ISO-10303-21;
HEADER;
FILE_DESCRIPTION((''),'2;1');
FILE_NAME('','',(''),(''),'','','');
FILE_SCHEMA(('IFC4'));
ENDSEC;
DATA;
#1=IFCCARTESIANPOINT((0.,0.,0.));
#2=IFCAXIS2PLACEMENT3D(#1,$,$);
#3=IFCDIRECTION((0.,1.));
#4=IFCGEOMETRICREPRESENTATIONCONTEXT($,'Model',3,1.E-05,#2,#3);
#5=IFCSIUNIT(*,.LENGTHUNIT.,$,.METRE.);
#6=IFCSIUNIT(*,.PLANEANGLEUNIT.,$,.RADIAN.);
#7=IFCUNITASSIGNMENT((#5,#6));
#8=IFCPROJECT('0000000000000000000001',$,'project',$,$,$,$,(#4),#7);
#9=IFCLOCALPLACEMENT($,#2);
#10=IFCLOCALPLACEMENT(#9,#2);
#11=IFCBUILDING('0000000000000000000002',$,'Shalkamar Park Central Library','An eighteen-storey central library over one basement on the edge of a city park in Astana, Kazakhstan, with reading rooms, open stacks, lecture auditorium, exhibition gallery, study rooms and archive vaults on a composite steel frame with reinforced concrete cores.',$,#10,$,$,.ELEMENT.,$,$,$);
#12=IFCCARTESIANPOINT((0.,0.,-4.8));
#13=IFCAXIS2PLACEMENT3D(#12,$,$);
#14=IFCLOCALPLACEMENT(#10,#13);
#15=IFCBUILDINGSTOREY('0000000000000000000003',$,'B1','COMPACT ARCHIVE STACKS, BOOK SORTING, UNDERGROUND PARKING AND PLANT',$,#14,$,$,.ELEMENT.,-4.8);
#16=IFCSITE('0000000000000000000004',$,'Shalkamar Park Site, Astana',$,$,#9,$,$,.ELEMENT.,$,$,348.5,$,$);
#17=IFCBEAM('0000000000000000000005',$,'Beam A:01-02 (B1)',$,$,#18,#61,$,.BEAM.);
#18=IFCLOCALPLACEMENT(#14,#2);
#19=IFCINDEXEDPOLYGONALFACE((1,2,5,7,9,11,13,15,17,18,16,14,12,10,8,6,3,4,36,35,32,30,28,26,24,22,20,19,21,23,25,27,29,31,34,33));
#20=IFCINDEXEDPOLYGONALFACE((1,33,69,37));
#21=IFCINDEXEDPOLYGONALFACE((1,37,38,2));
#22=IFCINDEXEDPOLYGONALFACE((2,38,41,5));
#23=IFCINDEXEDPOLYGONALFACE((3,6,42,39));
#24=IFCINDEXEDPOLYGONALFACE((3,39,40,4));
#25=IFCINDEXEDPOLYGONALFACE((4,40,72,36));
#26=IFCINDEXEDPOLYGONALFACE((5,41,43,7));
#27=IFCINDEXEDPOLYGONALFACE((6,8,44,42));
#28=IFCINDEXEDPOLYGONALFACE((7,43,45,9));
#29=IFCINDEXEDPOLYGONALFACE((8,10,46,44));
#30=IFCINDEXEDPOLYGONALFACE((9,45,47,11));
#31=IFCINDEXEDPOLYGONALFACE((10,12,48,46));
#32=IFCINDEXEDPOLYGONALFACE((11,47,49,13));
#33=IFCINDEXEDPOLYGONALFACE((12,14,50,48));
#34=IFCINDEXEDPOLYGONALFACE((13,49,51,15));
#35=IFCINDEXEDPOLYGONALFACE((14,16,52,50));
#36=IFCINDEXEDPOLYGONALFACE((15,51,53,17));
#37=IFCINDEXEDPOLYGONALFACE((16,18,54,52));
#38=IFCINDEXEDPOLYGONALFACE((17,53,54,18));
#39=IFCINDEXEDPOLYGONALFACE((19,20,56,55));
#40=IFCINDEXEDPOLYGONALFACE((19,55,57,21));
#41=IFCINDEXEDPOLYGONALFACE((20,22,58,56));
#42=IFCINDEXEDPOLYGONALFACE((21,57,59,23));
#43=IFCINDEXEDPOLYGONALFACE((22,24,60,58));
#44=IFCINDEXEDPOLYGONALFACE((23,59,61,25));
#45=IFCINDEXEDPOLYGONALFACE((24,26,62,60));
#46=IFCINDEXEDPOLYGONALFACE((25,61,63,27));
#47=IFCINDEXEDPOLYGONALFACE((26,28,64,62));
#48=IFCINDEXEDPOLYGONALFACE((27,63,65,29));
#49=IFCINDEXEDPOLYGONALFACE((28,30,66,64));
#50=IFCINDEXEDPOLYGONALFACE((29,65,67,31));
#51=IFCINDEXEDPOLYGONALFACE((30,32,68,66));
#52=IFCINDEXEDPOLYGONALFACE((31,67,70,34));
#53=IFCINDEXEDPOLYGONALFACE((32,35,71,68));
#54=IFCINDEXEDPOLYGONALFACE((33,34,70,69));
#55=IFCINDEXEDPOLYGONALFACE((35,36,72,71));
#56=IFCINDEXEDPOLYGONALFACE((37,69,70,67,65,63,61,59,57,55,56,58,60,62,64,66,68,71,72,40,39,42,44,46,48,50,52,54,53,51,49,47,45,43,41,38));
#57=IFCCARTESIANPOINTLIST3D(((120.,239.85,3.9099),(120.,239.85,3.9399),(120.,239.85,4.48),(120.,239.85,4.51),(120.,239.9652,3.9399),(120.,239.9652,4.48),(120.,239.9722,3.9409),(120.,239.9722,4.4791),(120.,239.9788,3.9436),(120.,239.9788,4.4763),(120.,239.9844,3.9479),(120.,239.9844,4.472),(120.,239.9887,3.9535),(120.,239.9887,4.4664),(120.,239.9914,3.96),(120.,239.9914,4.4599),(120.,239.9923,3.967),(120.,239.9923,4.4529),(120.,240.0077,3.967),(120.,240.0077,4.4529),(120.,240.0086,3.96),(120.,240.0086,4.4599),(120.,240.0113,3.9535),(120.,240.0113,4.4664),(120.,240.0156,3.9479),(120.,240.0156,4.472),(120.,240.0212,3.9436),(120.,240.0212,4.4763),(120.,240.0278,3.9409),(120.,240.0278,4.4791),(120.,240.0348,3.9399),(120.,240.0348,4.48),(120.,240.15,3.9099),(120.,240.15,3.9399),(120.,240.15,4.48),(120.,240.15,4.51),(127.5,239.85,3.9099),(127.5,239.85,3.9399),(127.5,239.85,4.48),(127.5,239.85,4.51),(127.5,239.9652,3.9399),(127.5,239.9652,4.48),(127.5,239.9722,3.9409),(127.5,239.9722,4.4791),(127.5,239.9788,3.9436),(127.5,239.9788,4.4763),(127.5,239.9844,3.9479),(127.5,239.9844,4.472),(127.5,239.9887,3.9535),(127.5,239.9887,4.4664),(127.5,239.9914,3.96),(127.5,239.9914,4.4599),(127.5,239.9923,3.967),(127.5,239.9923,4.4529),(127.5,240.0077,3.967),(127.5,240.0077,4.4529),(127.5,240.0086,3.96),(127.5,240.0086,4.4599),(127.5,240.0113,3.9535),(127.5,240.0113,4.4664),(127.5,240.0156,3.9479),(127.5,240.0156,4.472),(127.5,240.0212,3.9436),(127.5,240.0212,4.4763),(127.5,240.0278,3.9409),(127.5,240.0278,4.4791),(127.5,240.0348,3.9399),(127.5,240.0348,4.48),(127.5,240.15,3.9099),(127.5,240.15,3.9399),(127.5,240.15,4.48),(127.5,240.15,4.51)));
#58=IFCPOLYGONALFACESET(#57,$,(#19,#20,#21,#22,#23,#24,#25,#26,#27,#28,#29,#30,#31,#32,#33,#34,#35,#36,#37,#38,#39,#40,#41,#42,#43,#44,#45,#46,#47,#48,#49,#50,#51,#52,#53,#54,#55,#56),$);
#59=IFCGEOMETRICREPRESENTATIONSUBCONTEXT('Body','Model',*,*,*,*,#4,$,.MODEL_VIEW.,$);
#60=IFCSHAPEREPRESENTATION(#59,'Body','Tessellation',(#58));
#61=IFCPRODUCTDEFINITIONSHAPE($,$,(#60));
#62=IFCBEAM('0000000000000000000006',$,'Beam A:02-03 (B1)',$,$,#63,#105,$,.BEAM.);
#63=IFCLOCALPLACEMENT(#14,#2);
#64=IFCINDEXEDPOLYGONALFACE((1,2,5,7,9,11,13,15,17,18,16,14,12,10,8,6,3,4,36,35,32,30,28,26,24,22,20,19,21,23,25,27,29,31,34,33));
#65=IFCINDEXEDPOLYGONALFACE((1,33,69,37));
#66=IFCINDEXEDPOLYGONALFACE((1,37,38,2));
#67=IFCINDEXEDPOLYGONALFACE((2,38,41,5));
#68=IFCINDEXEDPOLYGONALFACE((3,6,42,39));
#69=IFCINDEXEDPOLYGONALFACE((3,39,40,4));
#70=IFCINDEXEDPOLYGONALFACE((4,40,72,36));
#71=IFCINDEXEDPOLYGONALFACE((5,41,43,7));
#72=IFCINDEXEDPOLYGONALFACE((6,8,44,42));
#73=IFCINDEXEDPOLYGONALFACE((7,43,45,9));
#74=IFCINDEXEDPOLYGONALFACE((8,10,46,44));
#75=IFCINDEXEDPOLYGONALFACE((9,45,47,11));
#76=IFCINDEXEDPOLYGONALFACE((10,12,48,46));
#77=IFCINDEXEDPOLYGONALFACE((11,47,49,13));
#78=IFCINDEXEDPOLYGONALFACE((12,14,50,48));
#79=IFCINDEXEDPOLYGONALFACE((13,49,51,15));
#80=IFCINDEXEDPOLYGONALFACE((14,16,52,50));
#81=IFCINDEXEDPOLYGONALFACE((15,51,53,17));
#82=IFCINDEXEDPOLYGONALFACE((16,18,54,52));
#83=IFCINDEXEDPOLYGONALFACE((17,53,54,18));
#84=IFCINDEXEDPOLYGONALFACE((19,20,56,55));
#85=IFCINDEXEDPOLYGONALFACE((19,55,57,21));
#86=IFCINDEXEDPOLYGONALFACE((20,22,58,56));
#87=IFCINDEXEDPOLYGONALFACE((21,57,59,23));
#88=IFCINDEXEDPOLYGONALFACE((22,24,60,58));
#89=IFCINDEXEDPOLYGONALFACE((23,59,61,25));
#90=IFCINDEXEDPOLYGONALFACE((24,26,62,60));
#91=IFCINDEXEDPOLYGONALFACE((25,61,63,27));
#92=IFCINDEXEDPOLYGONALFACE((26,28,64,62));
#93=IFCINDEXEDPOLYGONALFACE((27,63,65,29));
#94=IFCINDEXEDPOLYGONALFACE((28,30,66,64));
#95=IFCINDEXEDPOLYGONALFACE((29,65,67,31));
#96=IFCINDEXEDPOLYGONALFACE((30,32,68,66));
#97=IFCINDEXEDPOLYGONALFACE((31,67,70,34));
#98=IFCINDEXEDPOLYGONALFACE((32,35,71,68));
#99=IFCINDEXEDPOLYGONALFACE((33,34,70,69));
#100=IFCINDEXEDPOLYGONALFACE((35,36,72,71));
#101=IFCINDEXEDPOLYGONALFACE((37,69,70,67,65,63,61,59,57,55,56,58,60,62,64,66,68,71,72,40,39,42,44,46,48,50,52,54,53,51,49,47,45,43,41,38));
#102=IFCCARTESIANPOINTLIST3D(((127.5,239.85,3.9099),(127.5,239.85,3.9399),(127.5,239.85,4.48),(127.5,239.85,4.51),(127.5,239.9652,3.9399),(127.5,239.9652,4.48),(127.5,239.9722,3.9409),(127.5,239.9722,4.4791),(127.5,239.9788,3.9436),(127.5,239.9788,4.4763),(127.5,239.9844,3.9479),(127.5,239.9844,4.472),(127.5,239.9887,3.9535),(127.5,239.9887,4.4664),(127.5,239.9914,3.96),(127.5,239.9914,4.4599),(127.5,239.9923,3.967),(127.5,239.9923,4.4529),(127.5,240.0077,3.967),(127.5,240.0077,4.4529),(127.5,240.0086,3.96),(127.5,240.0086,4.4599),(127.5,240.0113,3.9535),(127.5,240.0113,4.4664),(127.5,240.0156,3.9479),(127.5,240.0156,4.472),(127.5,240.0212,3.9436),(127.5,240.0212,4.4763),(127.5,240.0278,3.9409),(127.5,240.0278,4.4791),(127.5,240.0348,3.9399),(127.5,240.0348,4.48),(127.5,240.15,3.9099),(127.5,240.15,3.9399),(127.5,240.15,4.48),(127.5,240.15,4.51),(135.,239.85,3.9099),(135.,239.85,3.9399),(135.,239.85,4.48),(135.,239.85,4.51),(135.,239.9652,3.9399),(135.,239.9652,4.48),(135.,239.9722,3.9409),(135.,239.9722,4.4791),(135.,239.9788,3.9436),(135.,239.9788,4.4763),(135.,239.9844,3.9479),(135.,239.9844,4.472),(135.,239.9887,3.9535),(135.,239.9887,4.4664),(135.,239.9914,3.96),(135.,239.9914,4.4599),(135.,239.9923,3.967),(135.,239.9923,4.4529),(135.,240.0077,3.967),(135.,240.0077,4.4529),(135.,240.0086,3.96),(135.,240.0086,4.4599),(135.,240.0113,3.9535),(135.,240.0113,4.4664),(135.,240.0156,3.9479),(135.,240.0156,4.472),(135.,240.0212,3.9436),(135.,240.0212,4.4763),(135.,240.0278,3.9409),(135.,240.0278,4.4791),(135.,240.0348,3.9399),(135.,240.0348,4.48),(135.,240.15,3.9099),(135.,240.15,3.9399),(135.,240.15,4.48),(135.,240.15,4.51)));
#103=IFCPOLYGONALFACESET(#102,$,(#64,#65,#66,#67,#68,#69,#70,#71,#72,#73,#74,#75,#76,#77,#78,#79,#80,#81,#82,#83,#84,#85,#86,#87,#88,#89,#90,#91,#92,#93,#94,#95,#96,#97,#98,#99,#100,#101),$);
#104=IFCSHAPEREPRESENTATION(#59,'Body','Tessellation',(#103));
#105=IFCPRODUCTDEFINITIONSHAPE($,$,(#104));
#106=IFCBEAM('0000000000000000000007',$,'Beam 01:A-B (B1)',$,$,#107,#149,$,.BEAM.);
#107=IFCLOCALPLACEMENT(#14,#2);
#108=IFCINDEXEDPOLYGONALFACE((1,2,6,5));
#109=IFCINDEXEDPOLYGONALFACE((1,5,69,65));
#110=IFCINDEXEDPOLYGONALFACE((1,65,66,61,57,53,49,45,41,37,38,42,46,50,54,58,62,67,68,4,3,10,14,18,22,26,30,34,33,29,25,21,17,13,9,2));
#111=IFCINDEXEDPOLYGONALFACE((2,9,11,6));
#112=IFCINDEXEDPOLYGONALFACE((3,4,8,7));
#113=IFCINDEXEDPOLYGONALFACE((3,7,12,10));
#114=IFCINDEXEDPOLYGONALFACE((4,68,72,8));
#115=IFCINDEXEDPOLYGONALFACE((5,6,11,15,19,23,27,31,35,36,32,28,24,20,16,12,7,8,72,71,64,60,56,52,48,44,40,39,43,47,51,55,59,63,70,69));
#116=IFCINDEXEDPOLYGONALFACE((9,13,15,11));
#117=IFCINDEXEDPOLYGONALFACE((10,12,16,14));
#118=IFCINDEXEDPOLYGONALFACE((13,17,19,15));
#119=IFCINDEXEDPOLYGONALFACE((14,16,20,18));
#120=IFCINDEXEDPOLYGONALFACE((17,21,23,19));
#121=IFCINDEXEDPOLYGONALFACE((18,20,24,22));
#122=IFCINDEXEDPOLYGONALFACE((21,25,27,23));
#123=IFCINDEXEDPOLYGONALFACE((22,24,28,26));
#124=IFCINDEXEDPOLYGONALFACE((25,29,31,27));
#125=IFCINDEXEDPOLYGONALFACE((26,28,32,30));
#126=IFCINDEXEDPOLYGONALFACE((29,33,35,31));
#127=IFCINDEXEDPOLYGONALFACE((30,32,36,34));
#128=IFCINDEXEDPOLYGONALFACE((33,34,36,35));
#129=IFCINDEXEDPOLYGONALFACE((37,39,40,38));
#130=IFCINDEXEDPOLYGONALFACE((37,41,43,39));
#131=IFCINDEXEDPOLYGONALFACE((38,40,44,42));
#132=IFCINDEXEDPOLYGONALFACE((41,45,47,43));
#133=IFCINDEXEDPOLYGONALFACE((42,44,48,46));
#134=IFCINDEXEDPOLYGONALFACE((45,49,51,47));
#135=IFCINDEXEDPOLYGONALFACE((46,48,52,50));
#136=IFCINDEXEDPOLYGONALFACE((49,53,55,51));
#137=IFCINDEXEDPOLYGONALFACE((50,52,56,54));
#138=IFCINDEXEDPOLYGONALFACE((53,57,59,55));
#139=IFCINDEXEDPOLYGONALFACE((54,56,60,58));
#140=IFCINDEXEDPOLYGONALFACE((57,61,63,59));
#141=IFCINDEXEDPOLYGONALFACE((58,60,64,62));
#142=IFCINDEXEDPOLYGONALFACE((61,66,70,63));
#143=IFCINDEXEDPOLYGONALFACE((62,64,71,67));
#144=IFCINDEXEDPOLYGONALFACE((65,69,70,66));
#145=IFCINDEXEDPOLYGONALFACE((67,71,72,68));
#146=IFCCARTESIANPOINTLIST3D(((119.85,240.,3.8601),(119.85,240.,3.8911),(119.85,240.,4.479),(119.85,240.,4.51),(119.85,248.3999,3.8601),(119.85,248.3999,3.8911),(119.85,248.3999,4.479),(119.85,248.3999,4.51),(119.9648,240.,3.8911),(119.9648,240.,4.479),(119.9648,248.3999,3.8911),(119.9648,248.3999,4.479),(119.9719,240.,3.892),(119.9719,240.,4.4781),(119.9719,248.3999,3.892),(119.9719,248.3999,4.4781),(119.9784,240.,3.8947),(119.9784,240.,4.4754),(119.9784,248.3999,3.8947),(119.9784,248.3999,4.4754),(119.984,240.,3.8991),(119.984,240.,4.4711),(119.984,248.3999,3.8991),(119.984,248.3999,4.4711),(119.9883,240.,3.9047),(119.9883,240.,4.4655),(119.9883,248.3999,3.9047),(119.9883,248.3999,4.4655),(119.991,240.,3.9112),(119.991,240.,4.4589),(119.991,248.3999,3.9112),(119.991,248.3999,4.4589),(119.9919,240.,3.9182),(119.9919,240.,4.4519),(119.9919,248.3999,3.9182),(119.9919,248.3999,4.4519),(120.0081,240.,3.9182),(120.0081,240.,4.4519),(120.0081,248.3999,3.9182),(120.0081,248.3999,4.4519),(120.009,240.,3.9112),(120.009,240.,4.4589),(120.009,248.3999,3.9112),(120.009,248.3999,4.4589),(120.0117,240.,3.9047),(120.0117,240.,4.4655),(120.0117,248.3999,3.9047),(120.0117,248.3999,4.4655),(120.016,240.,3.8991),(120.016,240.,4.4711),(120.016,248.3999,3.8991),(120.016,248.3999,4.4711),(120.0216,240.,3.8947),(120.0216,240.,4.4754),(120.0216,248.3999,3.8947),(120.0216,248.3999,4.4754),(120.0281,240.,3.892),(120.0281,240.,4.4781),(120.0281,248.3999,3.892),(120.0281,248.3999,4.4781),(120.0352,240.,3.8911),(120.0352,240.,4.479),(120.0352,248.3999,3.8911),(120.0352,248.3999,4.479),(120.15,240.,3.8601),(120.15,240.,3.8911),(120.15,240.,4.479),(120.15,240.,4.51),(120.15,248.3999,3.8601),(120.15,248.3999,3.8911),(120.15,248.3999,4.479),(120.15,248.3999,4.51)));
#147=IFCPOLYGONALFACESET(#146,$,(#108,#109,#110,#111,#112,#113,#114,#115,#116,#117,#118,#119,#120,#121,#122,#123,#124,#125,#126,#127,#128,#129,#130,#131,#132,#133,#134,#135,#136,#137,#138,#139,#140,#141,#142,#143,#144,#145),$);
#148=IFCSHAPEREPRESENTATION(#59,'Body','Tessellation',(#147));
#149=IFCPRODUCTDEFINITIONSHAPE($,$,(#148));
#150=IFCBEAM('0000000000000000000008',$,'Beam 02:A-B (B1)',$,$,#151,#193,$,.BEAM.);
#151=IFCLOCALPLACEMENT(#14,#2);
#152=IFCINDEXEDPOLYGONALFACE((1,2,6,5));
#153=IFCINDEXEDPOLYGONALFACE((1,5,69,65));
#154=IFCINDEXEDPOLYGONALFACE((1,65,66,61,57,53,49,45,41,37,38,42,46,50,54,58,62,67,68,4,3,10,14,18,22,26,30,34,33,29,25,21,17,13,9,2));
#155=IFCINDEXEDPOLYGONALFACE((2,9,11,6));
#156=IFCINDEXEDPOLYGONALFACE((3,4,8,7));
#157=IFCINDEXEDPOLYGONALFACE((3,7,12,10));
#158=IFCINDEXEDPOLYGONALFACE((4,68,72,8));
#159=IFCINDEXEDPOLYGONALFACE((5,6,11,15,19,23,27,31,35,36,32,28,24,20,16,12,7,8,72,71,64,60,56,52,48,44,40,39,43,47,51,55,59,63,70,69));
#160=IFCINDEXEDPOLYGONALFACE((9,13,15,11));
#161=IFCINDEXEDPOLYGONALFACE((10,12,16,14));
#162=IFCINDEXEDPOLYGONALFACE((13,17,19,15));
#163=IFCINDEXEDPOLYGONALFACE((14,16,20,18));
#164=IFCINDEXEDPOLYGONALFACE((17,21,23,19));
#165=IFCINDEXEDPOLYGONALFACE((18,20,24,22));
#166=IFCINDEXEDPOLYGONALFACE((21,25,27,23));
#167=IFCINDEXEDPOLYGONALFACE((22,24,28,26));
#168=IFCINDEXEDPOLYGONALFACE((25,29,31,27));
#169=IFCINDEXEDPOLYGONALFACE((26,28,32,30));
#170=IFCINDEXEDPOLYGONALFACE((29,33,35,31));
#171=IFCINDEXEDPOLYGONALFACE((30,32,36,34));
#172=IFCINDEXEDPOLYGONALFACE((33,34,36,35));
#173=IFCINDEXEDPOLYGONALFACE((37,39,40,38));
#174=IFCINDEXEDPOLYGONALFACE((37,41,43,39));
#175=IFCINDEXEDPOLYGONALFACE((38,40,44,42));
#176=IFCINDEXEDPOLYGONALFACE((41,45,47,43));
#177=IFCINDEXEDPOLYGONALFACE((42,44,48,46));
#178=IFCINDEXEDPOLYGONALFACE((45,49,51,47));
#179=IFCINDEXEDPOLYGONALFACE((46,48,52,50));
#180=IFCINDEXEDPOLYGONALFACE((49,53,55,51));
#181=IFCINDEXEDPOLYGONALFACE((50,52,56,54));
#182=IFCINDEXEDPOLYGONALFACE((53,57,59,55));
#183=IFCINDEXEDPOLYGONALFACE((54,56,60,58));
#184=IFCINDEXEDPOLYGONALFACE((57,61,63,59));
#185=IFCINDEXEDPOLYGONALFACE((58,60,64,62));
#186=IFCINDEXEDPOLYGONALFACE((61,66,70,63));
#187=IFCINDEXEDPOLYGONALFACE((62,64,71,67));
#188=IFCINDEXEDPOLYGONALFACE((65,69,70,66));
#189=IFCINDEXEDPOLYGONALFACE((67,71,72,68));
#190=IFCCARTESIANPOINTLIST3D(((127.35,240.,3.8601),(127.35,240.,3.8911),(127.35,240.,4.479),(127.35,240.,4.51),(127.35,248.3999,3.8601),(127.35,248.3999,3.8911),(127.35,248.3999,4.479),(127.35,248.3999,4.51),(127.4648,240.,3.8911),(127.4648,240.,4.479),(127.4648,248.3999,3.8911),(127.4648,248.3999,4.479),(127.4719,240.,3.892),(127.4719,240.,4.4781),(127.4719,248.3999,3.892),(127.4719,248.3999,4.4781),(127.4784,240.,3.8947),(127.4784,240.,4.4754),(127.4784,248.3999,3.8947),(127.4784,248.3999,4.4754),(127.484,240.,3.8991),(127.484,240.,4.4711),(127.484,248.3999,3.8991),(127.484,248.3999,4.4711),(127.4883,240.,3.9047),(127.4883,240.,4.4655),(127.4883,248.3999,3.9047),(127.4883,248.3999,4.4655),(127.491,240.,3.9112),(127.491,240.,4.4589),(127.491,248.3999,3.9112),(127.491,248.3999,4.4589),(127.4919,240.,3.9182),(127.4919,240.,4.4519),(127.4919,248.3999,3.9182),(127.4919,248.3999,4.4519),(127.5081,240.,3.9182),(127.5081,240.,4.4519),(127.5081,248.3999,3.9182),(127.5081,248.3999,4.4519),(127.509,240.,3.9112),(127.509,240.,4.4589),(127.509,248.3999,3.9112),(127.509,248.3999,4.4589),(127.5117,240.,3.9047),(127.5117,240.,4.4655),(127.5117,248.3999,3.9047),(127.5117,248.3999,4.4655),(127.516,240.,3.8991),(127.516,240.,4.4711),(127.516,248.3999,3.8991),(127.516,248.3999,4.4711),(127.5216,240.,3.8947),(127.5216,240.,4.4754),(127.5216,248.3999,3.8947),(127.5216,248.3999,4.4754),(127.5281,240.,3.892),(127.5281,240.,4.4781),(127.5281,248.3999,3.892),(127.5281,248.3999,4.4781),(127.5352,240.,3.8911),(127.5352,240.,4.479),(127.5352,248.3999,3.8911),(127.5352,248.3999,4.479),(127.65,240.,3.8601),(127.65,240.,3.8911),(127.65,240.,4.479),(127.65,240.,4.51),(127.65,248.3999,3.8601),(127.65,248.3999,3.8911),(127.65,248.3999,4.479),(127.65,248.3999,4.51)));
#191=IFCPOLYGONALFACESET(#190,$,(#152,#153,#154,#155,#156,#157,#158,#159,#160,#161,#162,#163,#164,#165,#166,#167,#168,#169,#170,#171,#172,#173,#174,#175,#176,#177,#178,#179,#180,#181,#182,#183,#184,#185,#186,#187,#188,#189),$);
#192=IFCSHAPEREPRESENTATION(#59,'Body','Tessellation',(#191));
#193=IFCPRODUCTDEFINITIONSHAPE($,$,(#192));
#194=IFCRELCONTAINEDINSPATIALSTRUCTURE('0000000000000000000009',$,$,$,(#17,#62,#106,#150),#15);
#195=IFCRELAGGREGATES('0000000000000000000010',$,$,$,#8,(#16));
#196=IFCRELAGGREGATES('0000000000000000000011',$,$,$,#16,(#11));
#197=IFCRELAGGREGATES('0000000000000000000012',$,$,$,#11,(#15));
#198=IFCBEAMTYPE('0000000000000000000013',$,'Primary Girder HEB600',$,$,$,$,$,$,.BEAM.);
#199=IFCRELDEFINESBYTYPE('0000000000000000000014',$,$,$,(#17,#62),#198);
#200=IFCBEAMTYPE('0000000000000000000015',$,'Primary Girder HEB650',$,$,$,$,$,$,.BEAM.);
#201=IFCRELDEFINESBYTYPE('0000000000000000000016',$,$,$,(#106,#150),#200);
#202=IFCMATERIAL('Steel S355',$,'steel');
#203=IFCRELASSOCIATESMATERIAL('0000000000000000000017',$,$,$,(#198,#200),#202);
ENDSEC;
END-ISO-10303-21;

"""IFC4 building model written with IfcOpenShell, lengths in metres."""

from ifc_helpers import new_model, si_unit, direction, frame, origin, origin_2d, place, context, subcontext, project, spatial, i_section, extrude, material, material_profile, profile_set, type_object, element, save


model = new_model("IFC4")

# Units and contexts
model_context = context("Model", 3, precision=1e-05, world=origin(), true_north=direction((0.0, 1.0)))
body_context = subcontext(model_context, "Body", "Model", "MODEL_VIEW")
ifc_project = project(units=[si_unit("LENGTHUNIT", "METRE"), si_unit("PLANEANGLEUNIT", "RADIAN")], contexts=[model_context])

# Site, building, storey
site_placement = place(None, origin())
site = spatial("IfcSite", under=ifc_project, at=site_placement, Name="Shalkamar Park Site, Astana", CompositionType="ELEMENT", RefElevation=348.5)
building_placement = place(site_placement, origin())
building = spatial("IfcBuilding", under=site, at=building_placement, Name="Shalkamar Park Central Library", Description="An eighteen-storey central library over one basement on the edge of a city park in Astana, Kazakhstan, with reading rooms, open stacks, lecture auditorium, exhibition gallery, study rooms and archive vaults on a composite steel frame with reinforced concrete cores.", CompositionType="ELEMENT")
storey_placement = place(building_placement, frame((0.0, 0.0, -4.8)))
storey = spatial("IfcBuildingStorey", under=building, at=storey_placement, Name="B1", Description="COMPACT ARCHIVE STACKS, BOOK SORTING, UNDERGROUND PARKING AND PLANT", CompositionType="ELEMENT", Elevation=-4.8)

# Beams
ifc_material_1 = material(Name="Steel S355", Category="steel")
ifc_material_profile_1 = material_profile(ifc_material_1, i_section(OverallWidth=0.3, OverallDepth=0.6001, WebThickness=0.0154, FlangeThickness=0.03, FilletRadius=0.0271, at=origin_2d()), Name="HEB 600")
ifc_profile_set_1 = profile_set([ifc_material_profile_1], Name="Steel S355")
beam_type_1 = type_object("IfcBeamType", Name="Primary Girder HEB600", PredefinedType="BEAM", material=ifc_profile_set_1)
for number, where, z_axis, x_axis, name in (
    (1, (120.0, 240.0, 4.21), (1.0, 0.0, 0.0), (0.0, 1.0, 0.0), "Beam A:01-02 (B1)"),
    (2, (127.5, 240.0, 4.21), (1.0, 0.0, 0.0), (0.0, 1.0, 0.0), "Beam A:02-03 (B1)"),
):
    element("IfcBeam", number, at=place(storey_placement, frame(where, z_axis=z_axis, x_axis=x_axis)), inside=storey, type_object=beam_type_1, Name=name, PredefinedType="BEAM", context=body_context, shape_type="SweptSolid", body=[
        extrude(i_section(OverallWidth=0.3, OverallDepth=0.6001, WebThickness=0.0154, FlangeThickness=0.03, FilletRadius=0.0271, at=origin_2d()), origin(), (0.0, 0.0, 1.0), 7.5),
    ])
ifc_material_profile_2 = material_profile(ifc_material_1, i_section(OverallWidth=0.3, OverallDepth=0.6499, WebThickness=0.0161, FlangeThickness=0.031, FilletRadius=0.0271, at=origin_2d()), Name="HEB 650")
ifc_profile_set_2 = profile_set([ifc_material_profile_2], Name="Steel S355")
beam_type_2 = type_object("IfcBeamType", Name="Primary Girder HEB650", PredefinedType="BEAM", material=ifc_profile_set_2)
for number, where, z_axis, x_axis, name in (
    (3, (120.0, 240.0, 4.1851), (0.0, 1.0, 0.0), (-1.0, 0.0, 0.0), "Beam 01:A-B (B1)"),
    (4, (127.5, 240.0, 4.1851), (0.0, 1.0, 0.0), (-1.0, 0.0, 0.0), "Beam 02:A-B (B1)"),
):
    element("IfcBeam", number, at=place(storey_placement, frame(where, z_axis=z_axis, x_axis=x_axis)), inside=storey, type_object=beam_type_2, Name=name, PredefinedType="BEAM", context=body_context, shape_type="SweptSolid", body=[
        extrude(i_section(OverallWidth=0.3, OverallDepth=0.6499, WebThickness=0.0161, FlangeThickness=0.031, FilletRadius=0.0271, at=origin_2d()), origin(), (0.0, 0.0, 1.0), 8.3999),
    ])

save(model, "model.ifc")
